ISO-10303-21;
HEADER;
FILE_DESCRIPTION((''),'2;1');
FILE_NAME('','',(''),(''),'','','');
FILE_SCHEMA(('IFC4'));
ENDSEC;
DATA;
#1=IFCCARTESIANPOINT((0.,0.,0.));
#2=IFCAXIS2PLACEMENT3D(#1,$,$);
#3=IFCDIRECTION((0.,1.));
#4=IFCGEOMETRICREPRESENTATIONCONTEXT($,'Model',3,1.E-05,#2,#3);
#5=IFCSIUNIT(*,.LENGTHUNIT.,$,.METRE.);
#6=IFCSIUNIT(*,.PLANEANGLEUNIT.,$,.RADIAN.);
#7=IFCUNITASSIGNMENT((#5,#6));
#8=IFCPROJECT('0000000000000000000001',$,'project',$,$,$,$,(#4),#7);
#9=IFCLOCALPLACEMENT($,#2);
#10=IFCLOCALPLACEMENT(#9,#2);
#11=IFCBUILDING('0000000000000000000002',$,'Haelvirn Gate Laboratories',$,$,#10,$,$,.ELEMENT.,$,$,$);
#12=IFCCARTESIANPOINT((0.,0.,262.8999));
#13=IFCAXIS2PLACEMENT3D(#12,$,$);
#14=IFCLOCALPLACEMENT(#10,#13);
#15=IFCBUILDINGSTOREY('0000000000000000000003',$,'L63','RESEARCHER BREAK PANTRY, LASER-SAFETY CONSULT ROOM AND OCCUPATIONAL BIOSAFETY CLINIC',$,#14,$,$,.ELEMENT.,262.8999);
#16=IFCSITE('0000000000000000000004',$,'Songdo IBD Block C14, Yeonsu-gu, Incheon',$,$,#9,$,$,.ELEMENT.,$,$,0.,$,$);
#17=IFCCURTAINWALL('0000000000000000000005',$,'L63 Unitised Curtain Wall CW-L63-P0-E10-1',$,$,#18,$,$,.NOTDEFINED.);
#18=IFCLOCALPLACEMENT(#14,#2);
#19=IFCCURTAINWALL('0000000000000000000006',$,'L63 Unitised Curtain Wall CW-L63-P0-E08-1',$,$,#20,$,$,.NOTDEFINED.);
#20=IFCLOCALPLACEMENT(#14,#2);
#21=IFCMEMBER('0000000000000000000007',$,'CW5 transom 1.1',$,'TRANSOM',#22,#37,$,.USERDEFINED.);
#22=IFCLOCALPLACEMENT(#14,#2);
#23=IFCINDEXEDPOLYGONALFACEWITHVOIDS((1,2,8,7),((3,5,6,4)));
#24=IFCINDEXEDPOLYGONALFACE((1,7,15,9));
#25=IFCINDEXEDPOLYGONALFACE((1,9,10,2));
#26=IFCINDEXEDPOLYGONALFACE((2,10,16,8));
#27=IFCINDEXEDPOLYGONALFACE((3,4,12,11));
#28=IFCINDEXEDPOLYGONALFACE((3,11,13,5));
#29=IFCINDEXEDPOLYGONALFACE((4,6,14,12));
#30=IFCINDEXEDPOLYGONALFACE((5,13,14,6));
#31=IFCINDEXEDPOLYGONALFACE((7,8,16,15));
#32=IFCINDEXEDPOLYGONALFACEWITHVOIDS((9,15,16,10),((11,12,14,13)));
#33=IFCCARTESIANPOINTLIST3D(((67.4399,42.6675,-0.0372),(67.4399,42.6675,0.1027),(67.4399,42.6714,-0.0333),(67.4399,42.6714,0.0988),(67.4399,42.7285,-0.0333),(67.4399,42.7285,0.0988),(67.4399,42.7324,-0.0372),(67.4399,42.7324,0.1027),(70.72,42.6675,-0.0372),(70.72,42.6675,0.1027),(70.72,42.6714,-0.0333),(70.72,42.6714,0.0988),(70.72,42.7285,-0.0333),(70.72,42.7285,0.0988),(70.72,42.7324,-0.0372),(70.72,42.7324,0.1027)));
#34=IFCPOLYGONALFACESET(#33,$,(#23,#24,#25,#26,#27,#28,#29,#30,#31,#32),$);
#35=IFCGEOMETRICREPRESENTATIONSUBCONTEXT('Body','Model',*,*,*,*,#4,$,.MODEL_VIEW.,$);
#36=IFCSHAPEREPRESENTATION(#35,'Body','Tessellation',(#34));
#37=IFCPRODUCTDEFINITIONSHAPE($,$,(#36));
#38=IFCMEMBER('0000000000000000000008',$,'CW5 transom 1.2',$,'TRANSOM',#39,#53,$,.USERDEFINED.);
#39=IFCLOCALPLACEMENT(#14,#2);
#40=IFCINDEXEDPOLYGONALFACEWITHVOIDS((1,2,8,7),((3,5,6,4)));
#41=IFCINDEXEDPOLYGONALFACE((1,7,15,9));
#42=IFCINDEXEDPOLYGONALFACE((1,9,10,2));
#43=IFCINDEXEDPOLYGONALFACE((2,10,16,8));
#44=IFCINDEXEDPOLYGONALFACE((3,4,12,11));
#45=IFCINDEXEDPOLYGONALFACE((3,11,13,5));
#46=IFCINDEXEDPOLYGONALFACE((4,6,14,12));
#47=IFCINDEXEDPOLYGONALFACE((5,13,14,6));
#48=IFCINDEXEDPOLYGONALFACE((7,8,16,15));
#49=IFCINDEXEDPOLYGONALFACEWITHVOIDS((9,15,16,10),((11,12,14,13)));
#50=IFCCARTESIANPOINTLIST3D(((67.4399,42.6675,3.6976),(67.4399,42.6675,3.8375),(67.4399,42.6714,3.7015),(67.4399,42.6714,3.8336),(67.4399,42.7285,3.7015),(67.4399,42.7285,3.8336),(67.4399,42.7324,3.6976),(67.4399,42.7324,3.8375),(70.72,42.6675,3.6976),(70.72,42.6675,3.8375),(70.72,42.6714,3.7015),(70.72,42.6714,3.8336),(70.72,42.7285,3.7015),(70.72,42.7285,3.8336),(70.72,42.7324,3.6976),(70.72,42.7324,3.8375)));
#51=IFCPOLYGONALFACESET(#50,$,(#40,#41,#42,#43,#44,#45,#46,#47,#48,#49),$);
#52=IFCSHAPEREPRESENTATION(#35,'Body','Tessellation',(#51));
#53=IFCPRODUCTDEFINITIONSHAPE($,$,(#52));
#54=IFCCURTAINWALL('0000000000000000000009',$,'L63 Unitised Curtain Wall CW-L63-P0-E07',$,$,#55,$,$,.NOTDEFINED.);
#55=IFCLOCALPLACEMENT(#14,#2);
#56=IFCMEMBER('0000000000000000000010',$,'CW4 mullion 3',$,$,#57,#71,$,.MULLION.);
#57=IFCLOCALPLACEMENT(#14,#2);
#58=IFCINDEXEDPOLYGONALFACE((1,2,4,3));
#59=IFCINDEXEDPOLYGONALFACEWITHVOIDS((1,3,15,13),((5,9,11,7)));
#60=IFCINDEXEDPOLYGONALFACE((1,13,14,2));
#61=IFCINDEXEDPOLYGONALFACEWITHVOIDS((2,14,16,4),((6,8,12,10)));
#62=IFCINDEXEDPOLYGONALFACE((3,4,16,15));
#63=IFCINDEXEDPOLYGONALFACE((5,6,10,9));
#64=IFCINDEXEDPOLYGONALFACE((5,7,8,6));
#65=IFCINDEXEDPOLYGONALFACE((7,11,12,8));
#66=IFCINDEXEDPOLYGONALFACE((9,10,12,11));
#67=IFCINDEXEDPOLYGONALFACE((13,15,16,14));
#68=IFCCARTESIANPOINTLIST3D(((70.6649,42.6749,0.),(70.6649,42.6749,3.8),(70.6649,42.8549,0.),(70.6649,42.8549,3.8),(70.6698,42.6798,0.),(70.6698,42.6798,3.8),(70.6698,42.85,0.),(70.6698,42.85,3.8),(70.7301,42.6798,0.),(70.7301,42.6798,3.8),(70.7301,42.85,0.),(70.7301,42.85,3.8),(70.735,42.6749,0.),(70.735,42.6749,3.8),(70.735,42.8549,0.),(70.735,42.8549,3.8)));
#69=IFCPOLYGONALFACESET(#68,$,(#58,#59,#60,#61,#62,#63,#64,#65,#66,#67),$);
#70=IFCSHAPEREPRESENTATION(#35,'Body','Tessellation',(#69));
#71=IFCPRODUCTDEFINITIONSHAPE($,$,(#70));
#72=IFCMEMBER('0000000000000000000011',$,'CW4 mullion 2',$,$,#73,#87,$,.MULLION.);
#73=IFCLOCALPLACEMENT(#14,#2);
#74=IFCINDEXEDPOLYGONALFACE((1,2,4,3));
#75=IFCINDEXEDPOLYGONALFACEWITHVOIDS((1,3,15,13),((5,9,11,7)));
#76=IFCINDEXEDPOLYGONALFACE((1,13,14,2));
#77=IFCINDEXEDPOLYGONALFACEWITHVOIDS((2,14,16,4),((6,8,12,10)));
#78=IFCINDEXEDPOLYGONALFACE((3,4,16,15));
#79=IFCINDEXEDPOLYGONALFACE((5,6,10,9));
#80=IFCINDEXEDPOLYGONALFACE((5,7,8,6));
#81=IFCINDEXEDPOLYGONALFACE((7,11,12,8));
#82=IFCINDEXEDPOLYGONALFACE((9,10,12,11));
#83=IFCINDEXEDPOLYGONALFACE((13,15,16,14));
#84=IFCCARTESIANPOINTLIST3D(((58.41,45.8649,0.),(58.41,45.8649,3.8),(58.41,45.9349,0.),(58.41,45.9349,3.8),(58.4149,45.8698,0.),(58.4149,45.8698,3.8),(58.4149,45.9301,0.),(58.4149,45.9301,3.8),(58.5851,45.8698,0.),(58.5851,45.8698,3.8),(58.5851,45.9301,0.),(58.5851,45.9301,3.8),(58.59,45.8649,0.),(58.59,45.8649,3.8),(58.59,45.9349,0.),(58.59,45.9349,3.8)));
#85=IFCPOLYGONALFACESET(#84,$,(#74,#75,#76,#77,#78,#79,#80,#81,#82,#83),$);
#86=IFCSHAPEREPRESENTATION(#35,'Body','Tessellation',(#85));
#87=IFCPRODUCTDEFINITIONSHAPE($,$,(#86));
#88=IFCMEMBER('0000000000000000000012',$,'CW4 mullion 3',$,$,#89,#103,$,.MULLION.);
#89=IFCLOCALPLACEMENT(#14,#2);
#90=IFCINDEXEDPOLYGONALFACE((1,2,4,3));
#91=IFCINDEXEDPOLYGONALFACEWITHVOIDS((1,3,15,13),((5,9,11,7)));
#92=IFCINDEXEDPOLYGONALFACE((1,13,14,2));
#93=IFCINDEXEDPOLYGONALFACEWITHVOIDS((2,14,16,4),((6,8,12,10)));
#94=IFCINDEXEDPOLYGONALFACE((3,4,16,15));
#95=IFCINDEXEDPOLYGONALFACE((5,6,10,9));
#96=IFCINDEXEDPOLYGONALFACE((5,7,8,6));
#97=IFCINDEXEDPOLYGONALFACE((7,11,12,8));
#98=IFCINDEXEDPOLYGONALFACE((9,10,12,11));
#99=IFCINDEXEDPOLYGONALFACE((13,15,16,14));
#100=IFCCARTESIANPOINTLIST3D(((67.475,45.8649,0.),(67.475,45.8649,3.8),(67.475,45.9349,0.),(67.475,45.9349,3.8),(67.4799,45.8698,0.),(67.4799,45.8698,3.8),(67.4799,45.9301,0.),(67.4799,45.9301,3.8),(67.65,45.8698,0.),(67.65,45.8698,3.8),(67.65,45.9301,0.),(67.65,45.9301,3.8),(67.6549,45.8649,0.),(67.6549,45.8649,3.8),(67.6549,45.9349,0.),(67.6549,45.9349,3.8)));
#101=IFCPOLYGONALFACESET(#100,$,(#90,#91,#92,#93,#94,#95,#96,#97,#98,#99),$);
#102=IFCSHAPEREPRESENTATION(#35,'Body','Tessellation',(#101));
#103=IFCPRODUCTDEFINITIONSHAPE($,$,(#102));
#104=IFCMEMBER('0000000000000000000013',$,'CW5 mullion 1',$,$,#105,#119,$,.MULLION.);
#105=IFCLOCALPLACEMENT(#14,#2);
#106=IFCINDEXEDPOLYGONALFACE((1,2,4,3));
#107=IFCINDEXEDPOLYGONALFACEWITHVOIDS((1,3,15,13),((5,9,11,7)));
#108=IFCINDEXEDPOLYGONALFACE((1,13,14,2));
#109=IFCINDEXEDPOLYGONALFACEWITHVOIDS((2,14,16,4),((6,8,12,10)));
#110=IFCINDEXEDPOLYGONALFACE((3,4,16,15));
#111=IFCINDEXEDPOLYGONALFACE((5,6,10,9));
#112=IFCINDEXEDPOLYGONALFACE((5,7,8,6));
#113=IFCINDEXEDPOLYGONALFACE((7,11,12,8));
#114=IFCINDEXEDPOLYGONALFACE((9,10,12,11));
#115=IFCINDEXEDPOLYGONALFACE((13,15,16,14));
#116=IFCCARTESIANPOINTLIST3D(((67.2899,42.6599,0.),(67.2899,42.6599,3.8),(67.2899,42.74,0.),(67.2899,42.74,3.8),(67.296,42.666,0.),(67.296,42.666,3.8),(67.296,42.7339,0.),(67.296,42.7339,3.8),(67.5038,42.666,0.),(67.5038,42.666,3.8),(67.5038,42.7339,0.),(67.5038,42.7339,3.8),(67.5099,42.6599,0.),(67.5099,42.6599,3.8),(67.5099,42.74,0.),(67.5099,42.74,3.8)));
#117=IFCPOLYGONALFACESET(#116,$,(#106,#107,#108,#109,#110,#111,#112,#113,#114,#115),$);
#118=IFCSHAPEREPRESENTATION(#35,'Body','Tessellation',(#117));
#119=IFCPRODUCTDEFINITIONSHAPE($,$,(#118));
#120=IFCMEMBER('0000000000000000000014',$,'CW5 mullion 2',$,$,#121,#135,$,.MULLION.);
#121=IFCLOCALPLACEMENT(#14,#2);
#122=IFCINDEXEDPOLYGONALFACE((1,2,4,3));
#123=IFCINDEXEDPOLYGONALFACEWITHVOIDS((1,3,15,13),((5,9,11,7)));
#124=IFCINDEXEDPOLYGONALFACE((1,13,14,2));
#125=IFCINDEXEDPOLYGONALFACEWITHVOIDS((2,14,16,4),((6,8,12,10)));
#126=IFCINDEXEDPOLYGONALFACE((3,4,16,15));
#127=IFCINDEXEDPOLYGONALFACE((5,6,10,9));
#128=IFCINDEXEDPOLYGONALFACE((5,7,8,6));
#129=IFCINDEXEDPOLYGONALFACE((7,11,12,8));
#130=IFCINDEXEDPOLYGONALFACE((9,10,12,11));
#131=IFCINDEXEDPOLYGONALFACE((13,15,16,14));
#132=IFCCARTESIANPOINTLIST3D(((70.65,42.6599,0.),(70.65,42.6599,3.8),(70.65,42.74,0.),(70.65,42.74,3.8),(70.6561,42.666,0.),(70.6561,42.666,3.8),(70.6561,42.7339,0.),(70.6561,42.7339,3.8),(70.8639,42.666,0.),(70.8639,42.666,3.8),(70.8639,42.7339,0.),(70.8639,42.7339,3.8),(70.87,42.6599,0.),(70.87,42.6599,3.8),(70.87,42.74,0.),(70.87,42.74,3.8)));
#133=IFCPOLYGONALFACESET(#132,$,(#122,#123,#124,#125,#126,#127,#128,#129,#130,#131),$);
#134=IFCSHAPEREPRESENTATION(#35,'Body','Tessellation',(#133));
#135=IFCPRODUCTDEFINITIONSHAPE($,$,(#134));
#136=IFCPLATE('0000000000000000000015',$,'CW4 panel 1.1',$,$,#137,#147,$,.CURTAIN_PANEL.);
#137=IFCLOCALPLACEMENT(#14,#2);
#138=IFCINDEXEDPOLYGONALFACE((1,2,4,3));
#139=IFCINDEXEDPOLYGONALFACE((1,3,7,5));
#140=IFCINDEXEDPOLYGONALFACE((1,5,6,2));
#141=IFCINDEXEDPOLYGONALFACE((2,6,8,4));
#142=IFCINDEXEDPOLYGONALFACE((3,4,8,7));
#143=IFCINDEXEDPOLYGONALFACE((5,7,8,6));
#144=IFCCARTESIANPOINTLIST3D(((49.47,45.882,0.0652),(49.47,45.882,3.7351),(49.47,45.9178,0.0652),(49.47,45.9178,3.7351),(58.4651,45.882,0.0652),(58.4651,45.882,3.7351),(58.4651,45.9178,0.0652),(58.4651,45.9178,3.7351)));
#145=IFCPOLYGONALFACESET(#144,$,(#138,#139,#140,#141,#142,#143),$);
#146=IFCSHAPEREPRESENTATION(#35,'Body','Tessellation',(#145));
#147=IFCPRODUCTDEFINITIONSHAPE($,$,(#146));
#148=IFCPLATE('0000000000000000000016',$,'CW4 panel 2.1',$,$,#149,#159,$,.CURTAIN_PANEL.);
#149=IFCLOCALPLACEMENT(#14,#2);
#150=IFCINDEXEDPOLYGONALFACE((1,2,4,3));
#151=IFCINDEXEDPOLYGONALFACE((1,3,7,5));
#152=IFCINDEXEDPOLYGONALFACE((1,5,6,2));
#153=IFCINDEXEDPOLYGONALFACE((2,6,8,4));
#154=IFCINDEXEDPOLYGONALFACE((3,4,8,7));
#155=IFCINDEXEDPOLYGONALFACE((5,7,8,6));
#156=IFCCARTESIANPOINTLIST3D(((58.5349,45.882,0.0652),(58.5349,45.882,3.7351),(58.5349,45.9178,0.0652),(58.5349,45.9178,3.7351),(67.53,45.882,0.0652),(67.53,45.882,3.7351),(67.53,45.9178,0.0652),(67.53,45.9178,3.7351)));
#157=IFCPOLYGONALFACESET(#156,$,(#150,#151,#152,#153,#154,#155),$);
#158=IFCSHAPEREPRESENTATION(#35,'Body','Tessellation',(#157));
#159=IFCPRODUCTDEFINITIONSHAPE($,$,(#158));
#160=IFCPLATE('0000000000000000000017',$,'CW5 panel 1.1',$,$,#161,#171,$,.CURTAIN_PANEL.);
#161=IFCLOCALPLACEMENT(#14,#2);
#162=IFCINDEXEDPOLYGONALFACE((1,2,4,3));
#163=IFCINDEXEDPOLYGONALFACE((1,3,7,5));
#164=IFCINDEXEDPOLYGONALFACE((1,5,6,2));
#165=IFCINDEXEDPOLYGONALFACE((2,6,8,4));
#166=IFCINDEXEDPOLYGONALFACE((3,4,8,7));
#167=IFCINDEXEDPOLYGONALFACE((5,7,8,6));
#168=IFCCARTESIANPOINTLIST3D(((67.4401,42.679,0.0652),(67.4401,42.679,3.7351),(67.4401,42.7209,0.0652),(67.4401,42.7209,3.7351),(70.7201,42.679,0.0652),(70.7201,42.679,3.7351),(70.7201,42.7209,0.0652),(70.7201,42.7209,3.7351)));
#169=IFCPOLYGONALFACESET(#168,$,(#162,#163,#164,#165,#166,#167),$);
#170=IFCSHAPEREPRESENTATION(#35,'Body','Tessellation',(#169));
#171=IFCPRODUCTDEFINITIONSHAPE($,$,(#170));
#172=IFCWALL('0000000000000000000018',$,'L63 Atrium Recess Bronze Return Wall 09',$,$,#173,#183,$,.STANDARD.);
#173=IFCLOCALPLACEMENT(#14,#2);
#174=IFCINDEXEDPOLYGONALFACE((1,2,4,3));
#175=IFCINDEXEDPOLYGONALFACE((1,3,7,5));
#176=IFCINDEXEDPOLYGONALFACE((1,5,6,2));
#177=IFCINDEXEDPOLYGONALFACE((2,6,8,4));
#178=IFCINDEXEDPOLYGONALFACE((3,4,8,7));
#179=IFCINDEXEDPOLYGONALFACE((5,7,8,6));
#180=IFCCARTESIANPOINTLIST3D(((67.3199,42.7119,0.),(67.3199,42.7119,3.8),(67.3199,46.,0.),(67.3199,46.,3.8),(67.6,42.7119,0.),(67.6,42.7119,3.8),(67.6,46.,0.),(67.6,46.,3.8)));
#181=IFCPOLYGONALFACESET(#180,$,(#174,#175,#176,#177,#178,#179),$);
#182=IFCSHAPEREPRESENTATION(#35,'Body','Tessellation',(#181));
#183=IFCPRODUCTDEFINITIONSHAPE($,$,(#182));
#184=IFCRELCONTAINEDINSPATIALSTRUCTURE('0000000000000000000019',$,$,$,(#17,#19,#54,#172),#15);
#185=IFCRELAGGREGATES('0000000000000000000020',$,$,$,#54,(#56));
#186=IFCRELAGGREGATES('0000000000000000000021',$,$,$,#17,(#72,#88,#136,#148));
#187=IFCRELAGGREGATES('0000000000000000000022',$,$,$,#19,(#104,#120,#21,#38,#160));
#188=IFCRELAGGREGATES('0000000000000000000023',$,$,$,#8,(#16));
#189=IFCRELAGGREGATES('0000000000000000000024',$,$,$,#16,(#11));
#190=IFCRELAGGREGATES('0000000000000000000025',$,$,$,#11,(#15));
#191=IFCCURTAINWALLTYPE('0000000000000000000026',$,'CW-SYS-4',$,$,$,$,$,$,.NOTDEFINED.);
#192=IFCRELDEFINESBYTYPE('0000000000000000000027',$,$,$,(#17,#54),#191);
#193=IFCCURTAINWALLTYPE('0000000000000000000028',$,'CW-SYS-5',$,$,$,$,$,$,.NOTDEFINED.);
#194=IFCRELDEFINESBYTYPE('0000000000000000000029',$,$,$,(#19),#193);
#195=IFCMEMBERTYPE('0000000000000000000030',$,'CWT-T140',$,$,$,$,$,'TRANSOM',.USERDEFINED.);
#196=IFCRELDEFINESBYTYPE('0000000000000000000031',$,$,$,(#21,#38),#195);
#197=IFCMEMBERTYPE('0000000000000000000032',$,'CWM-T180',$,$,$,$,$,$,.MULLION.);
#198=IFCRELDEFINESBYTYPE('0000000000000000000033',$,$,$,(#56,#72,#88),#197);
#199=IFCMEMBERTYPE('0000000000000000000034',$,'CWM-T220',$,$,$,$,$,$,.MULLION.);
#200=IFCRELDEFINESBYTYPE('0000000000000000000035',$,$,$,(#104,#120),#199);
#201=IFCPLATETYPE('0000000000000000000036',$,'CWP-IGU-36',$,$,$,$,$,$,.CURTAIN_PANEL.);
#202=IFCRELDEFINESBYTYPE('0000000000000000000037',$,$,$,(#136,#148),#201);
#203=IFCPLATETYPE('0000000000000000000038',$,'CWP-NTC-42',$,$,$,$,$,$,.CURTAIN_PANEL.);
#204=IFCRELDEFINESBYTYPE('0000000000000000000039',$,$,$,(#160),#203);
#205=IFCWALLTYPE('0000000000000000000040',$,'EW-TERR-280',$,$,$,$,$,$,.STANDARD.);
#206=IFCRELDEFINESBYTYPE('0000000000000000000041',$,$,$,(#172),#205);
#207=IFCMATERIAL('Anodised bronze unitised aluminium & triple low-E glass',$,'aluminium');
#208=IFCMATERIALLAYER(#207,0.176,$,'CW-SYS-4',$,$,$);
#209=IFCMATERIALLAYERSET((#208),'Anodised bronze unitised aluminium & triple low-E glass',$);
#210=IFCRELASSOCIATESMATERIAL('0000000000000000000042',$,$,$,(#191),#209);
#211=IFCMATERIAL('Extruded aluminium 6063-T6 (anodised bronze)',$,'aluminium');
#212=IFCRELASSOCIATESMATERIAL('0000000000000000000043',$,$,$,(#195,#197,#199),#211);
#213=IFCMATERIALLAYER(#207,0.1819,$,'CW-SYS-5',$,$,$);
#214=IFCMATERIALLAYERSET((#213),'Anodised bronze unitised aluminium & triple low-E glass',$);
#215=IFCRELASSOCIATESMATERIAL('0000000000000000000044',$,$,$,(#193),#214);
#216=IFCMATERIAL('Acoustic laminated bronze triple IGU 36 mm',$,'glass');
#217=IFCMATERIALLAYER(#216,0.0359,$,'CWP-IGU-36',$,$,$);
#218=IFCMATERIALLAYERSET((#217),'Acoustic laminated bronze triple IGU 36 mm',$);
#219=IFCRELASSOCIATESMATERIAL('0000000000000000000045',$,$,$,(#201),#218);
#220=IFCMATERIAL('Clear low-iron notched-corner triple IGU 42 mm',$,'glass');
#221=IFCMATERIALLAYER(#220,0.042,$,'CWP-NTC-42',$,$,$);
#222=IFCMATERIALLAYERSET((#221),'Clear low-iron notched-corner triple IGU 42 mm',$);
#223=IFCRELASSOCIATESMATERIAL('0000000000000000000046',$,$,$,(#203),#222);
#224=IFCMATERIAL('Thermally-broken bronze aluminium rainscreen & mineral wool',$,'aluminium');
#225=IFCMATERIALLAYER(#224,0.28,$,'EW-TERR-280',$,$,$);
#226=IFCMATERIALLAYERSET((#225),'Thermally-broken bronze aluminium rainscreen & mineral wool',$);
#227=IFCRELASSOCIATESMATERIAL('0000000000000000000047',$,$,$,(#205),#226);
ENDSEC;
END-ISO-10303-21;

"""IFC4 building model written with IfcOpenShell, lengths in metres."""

from ifc_helpers import new_model, si_unit, direction, frame, frame_2d, origin, origin_2d, place, context, subcontext, project, spatial, rectangle, hollow_rectangle, extrude, source, transform, mapped, material, layer, layer_set, material_profile, profile_set, type_object, type_shapes, element, aggregate, save


model = new_model("IFC4")

# Units and contexts
model_context = context("Model", 3, precision=1e-05, world=origin(), true_north=direction((0.0, 1.0)))
body_context = subcontext(model_context, "Body", "Model", "MODEL_VIEW")
ifc_project = project(units=[si_unit("LENGTHUNIT", "METRE"), si_unit("PLANEANGLEUNIT", "RADIAN")], contexts=[model_context])

# Site, building, storey
site_placement = place(None, origin())
site = spatial("IfcSite", under=ifc_project, at=site_placement, Name="Songdo IBD Block C14, Yeonsu-gu, Incheon", CompositionType="ELEMENT", RefElevation=0.0)
building_placement = place(site_placement, origin())
building = spatial("IfcBuilding", under=site, at=building_placement, Name="Haelvirn Gate Laboratories", CompositionType="ELEMENT")
storey_placement = place(building_placement, frame((0.0, 0.0, 262.8999)))
storey = spatial("IfcBuildingStorey", under=building, at=storey_placement, Name="L63", Description="RESEARCHER BREAK PANTRY, LASER-SAFETY CONSULT ROOM AND OCCUPATIONAL BIOSAFETY CLINIC", CompositionType="ELEMENT", Elevation=262.8999)

# Curtain walls, members
ifc_material_1 = material(Name="Anodised bronze unitised aluminium & triple low-E glass", Category="aluminium")
ifc_layer_1 = layer(ifc_material_1, 0.176, Name="CW-SYS-4")
ifc_layer_set_1 = layer_set([ifc_layer_1], Name="Anodised bronze unitised aluminium & triple low-E glass")
curtain_wall_type_1 = type_object("IfcCurtainWallType", Name="CW-SYS-4", PredefinedType="NOTDEFINED", material=ifc_layer_set_1)
curtain_wall_1_placement = place(storey_placement, origin())
curtain_wall_1 = element("IfcCurtainWall", 1, at=curtain_wall_1_placement, inside=storey, type_object=curtain_wall_type_1, Name="L63 Unitised Curtain Wall CW-L63-P0-E10-1", PredefinedType="NOTDEFINED")
ifc_material_2 = material(Name="Extruded aluminium 6063-T6 (anodised bronze)", Category="aluminium")
ifc_material_profile_1 = material_profile(ifc_material_2, hollow_rectangle(XDim=0.0649, YDim=0.1399, WallThickness=0.0039, at=origin_2d()), Name="CWT-140x65x4")
ifc_profile_set_1 = profile_set([ifc_material_profile_1], Name="Extruded aluminium 6063-T6 (anodised bronze)")
member_type_1 = type_object("IfcMemberType", Name="CWT-T140", ElementType="TRANSOM", PredefinedType="USERDEFINED", material=ifc_profile_set_1)
ifc_layer_2 = layer(ifc_material_1, 0.1819, Name="CW-SYS-5")
ifc_layer_set_2 = layer_set([ifc_layer_2], Name="Anodised bronze unitised aluminium & triple low-E glass")
curtain_wall_type_2 = type_object("IfcCurtainWallType", Name="CW-SYS-5", PredefinedType="NOTDEFINED", material=ifc_layer_set_2)
curtain_wall_2_placement = place(storey_placement, origin())
curtain_wall_2 = element("IfcCurtainWall", 2, at=curtain_wall_2_placement, inside=storey, type_object=curtain_wall_type_2, Name="L63 Unitised Curtain Wall CW-L63-P0-E08-1", PredefinedType="NOTDEFINED")
shared_shape_1 = source(origin(), body_context, "Body", "SweptSolid", [
    extrude(hollow_rectangle(XDim=0.0649, YDim=0.1399, WallThickness=0.0039, at=origin_2d()), origin(), (0.0, 0.0, 1.0), 3.28),
])
member_1_placement = place(storey_placement, frame((67.4399, 42.7, 0.0327), z_axis=(1.0, 0.0, 0.0), x_axis=(0.0, 1.0, 0.0)))
member_1 = element("IfcMember", 3, at=member_1_placement, type_object=member_type_1, Name="CW5 transom 1.1", ObjectType="TRANSOM", PredefinedType="USERDEFINED", context=body_context, shape_type="MappedRepresentation", body=[
    mapped(shared_shape_1, transform((0.0, 0.0, 0.0), scale=1.0)),
])
member_2_placement = place(storey_placement, frame((67.4399, 42.7, 3.7676), z_axis=(1.0, 0.0, 0.0), x_axis=(0.0, 1.0, 0.0)))
member_2 = element("IfcMember", 4, at=member_2_placement, type_object=member_type_1, Name="CW5 transom 1.2", ObjectType="TRANSOM", PredefinedType="USERDEFINED", context=body_context, shape_type="MappedRepresentation", body=[
    mapped(shared_shape_1, transform((0.0, 0.0, 0.0), scale=1.0)),
])

# Curtain wall, member
curtain_wall_3_placement = place(storey_placement, origin())
curtain_wall_3 = element("IfcCurtainWall", 5, at=curtain_wall_3_placement, inside=storey, type_object=curtain_wall_type_1, Name="L63 Unitised Curtain Wall CW-L63-P0-E07", PredefinedType="NOTDEFINED")
ifc_material_profile_2 = material_profile(ifc_material_2, hollow_rectangle(XDim=0.0701, YDim=0.1799, WallThickness=0.0049, at=origin_2d()), Name="CWM-180x70x5")
ifc_profile_set_2 = profile_set([ifc_material_profile_2], Name="Extruded aluminium 6063-T6 (anodised bronze)")
member_type_2 = type_object("IfcMemberType", Name="CWM-T180", PredefinedType="MULLION", material=ifc_profile_set_2)
shared_shape_2 = source(origin(), body_context, "Body", "SweptSolid", [
    extrude(hollow_rectangle(XDim=0.0701, YDim=0.1799, WallThickness=0.0049, at=origin_2d()), origin(), (0.0, 0.0, 1.0), 3.8),
])
type_shapes(member_type_2, [shared_shape_2])
member_3_placement = place(storey_placement, frame((70.7, 42.7649, 0.0), z_axis=(0.0, 0.0, 1.0), x_axis=(-1.0, 0.0, 0.0)))
member_3 = element("IfcMember", 6, at=member_3_placement, type_object=member_type_2, Name="CW4 mullion 3", PredefinedType="MULLION", context=body_context, shape_type="MappedRepresentation", body=[
    mapped(shared_shape_2, transform((0.0, 0.0, 0.0), scale=1.0)),
])
aggregate(curtain_wall_3, [member_3])

# Members
member_4_placement = place(storey_placement, frame((58.5, 45.8999, 0.0), z_axis=(0.0, 0.0, 1.0), x_axis=(0.0, 1.0, 0.0)))
member_4 = element("IfcMember", 7, at=member_4_placement, type_object=member_type_2, Name="CW4 mullion 2", PredefinedType="MULLION", context=body_context, shape_type="MappedRepresentation", body=[
    mapped(shared_shape_2, transform((0.0, 0.0, 0.0), scale=1.0)),
])
member_5_placement = place(storey_placement, frame((67.5649, 45.8999, 0.0), z_axis=(0.0, 0.0, 1.0), x_axis=(0.0, 1.0, 0.0)))
member_5 = element("IfcMember", 8, at=member_5_placement, type_object=member_type_2, Name="CW4 mullion 3", PredefinedType="MULLION", context=body_context, shape_type="MappedRepresentation", body=[
    mapped(shared_shape_2, transform((0.0, 0.0, 0.0), scale=1.0)),
])
ifc_material_profile_3 = material_profile(ifc_material_2, hollow_rectangle(XDim=0.0801, YDim=0.22, WallThickness=0.0061, at=origin_2d()), Name="CWM-220x80x6")
ifc_profile_set_3 = profile_set([ifc_material_profile_3], Name="Extruded aluminium 6063-T6 (anodised bronze)")
member_type_3 = type_object("IfcMemberType", Name="CWM-T220", PredefinedType="MULLION", material=ifc_profile_set_3)
shared_shape_3 = source(origin(), body_context, "Body", "SweptSolid", [
    extrude(hollow_rectangle(XDim=0.0801, YDim=0.22, WallThickness=0.0061, at=origin_2d()), origin(), (0.0, 0.0, 1.0), 3.8),
])
type_shapes(member_type_3, [shared_shape_3])
member_6_placement = place(storey_placement, frame((67.3999, 42.7, 0.0), z_axis=(0.0, 0.0, 1.0), x_axis=(0.0, 1.0, 0.0)))
member_6 = element("IfcMember", 9, at=member_6_placement, type_object=member_type_3, Name="CW5 mullion 1", PredefinedType="MULLION", context=body_context, shape_type="MappedRepresentation", body=[
    mapped(shared_shape_3, transform((0.0, 0.0, 0.0), scale=1.0)),
])
member_7_placement = place(storey_placement, frame((70.76, 42.7, 0.0), z_axis=(0.0, 0.0, 1.0), x_axis=(0.0, 1.0, 0.0)))
member_7 = element("IfcMember", 10, at=member_7_placement, type_object=member_type_3, Name="CW5 mullion 2", PredefinedType="MULLION", context=body_context, shape_type="MappedRepresentation", body=[
    mapped(shared_shape_3, transform((0.0, 0.0, 0.0), scale=1.0)),
])

# Plates
ifc_material_3 = material(Name="Acoustic laminated bronze triple IGU 36 mm", Category="glass")
ifc_layer_3 = layer(ifc_material_3, 0.0359, Name="CWP-IGU-36")
ifc_layer_set_3 = layer_set([ifc_layer_3], Name="Acoustic laminated bronze triple IGU 36 mm")
plate_type_1 = type_object("IfcPlateType", Name="CWP-IGU-36", PredefinedType="CURTAIN_PANEL", material=ifc_layer_set_3)
shared_shape_4 = source(origin(), body_context, "Body", "SweptSolid", [
    extrude(rectangle(XDim=8.9951, YDim=0.0359, at=origin_2d()), origin(), (0.0, 0.0, 1.0), 3.6699),
])
type_shapes(plate_type_1, [shared_shape_4])
plate_1_placement = place(storey_placement, frame((53.9675, 45.8999, 0.0652), z_axis=(0.0, 0.0, 1.0), x_axis=(1.0, 0.0, 0.0)))
plate_1 = element("IfcPlate", 11, at=plate_1_placement, type_object=plate_type_1, Name="CW4 panel 1.1", PredefinedType="CURTAIN_PANEL", context=body_context, shape_type="MappedRepresentation", body=[
    mapped(shared_shape_4, transform((0.0, 0.0, 0.0), scale=1.0)),
])
plate_2_placement = place(storey_placement, frame((63.0325, 45.8999, 0.0652), z_axis=(0.0, 0.0, 1.0), x_axis=(1.0, 0.0, 0.0)))
plate_2 = element("IfcPlate", 12, at=plate_2_placement, type_object=plate_type_1, Name="CW4 panel 2.1", PredefinedType="CURTAIN_PANEL", context=body_context, shape_type="MappedRepresentation", body=[
    mapped(shared_shape_4, transform((0.0, 0.0, 0.0), scale=1.0)),
])
aggregate(curtain_wall_1, [member_4, member_5, plate_1, plate_2])
ifc_material_4 = material(Name="Clear low-iron notched-corner triple IGU 42 mm", Category="glass")
ifc_layer_4 = layer(ifc_material_4, 0.042, Name="CWP-NTC-42")
ifc_layer_set_4 = layer_set([ifc_layer_4], Name="Clear low-iron notched-corner triple IGU 42 mm")
plate_type_2 = type_object("IfcPlateType", Name="CWP-NTC-42", PredefinedType="CURTAIN_PANEL", material=ifc_layer_set_4)
shared_shape_5 = source(origin(), body_context, "Body", "SweptSolid", [
    extrude(rectangle(XDim=3.28, YDim=0.042, at=origin_2d()), origin(), (0.0, 0.0, 1.0), 3.6699),
])
type_shapes(plate_type_2, [shared_shape_5])
plate_3_placement = place(storey_placement, frame((69.0801, 42.7, 0.0652), z_axis=(0.0, 0.0, 1.0), x_axis=(1.0, 0.0, 0.0)))
plate_3 = element("IfcPlate", 13, at=plate_3_placement, type_object=plate_type_2, Name="CW5 panel 1.1", PredefinedType="CURTAIN_PANEL", context=body_context, shape_type="MappedRepresentation", body=[
    mapped(shared_shape_5, transform((0.0, 0.0, 0.0), scale=1.0)),
])
aggregate(curtain_wall_2, [member_6, member_7, member_1, member_2, plate_3])

# Wall
ifc_material_5 = material(Name="Thermally-broken bronze aluminium rainscreen & mineral wool", Category="aluminium")
ifc_layer_5 = layer(ifc_material_5, 0.28, Name="EW-TERR-280")
ifc_layer_set_5 = layer_set([ifc_layer_5], Name="Thermally-broken bronze aluminium rainscreen & mineral wool")
wall_type_1 = type_object("IfcWallType", Name="EW-TERR-280", PredefinedType="STANDARD", material=ifc_layer_set_5)
wall_1_placement = place(storey_placement, frame((67.46, 42.7119, 0.0), z_axis=(0.0, 0.0, 1.0), x_axis=(0.0, 1.0, 0.0)))
element("IfcWall", 14, at=wall_1_placement, inside=storey, type_object=wall_type_1, Name="L63 Atrium Recess Bronze Return Wall 09", PredefinedType="STANDARD", context=body_context, shape_type="SweptSolid", body=[
    extrude(rectangle(XDim=3.2881, YDim=0.28, at=frame_2d((1.644, 0.0))), origin(), (0.0, 0.0, 1.0), 3.8),
])

save(model, "model.ifc")
